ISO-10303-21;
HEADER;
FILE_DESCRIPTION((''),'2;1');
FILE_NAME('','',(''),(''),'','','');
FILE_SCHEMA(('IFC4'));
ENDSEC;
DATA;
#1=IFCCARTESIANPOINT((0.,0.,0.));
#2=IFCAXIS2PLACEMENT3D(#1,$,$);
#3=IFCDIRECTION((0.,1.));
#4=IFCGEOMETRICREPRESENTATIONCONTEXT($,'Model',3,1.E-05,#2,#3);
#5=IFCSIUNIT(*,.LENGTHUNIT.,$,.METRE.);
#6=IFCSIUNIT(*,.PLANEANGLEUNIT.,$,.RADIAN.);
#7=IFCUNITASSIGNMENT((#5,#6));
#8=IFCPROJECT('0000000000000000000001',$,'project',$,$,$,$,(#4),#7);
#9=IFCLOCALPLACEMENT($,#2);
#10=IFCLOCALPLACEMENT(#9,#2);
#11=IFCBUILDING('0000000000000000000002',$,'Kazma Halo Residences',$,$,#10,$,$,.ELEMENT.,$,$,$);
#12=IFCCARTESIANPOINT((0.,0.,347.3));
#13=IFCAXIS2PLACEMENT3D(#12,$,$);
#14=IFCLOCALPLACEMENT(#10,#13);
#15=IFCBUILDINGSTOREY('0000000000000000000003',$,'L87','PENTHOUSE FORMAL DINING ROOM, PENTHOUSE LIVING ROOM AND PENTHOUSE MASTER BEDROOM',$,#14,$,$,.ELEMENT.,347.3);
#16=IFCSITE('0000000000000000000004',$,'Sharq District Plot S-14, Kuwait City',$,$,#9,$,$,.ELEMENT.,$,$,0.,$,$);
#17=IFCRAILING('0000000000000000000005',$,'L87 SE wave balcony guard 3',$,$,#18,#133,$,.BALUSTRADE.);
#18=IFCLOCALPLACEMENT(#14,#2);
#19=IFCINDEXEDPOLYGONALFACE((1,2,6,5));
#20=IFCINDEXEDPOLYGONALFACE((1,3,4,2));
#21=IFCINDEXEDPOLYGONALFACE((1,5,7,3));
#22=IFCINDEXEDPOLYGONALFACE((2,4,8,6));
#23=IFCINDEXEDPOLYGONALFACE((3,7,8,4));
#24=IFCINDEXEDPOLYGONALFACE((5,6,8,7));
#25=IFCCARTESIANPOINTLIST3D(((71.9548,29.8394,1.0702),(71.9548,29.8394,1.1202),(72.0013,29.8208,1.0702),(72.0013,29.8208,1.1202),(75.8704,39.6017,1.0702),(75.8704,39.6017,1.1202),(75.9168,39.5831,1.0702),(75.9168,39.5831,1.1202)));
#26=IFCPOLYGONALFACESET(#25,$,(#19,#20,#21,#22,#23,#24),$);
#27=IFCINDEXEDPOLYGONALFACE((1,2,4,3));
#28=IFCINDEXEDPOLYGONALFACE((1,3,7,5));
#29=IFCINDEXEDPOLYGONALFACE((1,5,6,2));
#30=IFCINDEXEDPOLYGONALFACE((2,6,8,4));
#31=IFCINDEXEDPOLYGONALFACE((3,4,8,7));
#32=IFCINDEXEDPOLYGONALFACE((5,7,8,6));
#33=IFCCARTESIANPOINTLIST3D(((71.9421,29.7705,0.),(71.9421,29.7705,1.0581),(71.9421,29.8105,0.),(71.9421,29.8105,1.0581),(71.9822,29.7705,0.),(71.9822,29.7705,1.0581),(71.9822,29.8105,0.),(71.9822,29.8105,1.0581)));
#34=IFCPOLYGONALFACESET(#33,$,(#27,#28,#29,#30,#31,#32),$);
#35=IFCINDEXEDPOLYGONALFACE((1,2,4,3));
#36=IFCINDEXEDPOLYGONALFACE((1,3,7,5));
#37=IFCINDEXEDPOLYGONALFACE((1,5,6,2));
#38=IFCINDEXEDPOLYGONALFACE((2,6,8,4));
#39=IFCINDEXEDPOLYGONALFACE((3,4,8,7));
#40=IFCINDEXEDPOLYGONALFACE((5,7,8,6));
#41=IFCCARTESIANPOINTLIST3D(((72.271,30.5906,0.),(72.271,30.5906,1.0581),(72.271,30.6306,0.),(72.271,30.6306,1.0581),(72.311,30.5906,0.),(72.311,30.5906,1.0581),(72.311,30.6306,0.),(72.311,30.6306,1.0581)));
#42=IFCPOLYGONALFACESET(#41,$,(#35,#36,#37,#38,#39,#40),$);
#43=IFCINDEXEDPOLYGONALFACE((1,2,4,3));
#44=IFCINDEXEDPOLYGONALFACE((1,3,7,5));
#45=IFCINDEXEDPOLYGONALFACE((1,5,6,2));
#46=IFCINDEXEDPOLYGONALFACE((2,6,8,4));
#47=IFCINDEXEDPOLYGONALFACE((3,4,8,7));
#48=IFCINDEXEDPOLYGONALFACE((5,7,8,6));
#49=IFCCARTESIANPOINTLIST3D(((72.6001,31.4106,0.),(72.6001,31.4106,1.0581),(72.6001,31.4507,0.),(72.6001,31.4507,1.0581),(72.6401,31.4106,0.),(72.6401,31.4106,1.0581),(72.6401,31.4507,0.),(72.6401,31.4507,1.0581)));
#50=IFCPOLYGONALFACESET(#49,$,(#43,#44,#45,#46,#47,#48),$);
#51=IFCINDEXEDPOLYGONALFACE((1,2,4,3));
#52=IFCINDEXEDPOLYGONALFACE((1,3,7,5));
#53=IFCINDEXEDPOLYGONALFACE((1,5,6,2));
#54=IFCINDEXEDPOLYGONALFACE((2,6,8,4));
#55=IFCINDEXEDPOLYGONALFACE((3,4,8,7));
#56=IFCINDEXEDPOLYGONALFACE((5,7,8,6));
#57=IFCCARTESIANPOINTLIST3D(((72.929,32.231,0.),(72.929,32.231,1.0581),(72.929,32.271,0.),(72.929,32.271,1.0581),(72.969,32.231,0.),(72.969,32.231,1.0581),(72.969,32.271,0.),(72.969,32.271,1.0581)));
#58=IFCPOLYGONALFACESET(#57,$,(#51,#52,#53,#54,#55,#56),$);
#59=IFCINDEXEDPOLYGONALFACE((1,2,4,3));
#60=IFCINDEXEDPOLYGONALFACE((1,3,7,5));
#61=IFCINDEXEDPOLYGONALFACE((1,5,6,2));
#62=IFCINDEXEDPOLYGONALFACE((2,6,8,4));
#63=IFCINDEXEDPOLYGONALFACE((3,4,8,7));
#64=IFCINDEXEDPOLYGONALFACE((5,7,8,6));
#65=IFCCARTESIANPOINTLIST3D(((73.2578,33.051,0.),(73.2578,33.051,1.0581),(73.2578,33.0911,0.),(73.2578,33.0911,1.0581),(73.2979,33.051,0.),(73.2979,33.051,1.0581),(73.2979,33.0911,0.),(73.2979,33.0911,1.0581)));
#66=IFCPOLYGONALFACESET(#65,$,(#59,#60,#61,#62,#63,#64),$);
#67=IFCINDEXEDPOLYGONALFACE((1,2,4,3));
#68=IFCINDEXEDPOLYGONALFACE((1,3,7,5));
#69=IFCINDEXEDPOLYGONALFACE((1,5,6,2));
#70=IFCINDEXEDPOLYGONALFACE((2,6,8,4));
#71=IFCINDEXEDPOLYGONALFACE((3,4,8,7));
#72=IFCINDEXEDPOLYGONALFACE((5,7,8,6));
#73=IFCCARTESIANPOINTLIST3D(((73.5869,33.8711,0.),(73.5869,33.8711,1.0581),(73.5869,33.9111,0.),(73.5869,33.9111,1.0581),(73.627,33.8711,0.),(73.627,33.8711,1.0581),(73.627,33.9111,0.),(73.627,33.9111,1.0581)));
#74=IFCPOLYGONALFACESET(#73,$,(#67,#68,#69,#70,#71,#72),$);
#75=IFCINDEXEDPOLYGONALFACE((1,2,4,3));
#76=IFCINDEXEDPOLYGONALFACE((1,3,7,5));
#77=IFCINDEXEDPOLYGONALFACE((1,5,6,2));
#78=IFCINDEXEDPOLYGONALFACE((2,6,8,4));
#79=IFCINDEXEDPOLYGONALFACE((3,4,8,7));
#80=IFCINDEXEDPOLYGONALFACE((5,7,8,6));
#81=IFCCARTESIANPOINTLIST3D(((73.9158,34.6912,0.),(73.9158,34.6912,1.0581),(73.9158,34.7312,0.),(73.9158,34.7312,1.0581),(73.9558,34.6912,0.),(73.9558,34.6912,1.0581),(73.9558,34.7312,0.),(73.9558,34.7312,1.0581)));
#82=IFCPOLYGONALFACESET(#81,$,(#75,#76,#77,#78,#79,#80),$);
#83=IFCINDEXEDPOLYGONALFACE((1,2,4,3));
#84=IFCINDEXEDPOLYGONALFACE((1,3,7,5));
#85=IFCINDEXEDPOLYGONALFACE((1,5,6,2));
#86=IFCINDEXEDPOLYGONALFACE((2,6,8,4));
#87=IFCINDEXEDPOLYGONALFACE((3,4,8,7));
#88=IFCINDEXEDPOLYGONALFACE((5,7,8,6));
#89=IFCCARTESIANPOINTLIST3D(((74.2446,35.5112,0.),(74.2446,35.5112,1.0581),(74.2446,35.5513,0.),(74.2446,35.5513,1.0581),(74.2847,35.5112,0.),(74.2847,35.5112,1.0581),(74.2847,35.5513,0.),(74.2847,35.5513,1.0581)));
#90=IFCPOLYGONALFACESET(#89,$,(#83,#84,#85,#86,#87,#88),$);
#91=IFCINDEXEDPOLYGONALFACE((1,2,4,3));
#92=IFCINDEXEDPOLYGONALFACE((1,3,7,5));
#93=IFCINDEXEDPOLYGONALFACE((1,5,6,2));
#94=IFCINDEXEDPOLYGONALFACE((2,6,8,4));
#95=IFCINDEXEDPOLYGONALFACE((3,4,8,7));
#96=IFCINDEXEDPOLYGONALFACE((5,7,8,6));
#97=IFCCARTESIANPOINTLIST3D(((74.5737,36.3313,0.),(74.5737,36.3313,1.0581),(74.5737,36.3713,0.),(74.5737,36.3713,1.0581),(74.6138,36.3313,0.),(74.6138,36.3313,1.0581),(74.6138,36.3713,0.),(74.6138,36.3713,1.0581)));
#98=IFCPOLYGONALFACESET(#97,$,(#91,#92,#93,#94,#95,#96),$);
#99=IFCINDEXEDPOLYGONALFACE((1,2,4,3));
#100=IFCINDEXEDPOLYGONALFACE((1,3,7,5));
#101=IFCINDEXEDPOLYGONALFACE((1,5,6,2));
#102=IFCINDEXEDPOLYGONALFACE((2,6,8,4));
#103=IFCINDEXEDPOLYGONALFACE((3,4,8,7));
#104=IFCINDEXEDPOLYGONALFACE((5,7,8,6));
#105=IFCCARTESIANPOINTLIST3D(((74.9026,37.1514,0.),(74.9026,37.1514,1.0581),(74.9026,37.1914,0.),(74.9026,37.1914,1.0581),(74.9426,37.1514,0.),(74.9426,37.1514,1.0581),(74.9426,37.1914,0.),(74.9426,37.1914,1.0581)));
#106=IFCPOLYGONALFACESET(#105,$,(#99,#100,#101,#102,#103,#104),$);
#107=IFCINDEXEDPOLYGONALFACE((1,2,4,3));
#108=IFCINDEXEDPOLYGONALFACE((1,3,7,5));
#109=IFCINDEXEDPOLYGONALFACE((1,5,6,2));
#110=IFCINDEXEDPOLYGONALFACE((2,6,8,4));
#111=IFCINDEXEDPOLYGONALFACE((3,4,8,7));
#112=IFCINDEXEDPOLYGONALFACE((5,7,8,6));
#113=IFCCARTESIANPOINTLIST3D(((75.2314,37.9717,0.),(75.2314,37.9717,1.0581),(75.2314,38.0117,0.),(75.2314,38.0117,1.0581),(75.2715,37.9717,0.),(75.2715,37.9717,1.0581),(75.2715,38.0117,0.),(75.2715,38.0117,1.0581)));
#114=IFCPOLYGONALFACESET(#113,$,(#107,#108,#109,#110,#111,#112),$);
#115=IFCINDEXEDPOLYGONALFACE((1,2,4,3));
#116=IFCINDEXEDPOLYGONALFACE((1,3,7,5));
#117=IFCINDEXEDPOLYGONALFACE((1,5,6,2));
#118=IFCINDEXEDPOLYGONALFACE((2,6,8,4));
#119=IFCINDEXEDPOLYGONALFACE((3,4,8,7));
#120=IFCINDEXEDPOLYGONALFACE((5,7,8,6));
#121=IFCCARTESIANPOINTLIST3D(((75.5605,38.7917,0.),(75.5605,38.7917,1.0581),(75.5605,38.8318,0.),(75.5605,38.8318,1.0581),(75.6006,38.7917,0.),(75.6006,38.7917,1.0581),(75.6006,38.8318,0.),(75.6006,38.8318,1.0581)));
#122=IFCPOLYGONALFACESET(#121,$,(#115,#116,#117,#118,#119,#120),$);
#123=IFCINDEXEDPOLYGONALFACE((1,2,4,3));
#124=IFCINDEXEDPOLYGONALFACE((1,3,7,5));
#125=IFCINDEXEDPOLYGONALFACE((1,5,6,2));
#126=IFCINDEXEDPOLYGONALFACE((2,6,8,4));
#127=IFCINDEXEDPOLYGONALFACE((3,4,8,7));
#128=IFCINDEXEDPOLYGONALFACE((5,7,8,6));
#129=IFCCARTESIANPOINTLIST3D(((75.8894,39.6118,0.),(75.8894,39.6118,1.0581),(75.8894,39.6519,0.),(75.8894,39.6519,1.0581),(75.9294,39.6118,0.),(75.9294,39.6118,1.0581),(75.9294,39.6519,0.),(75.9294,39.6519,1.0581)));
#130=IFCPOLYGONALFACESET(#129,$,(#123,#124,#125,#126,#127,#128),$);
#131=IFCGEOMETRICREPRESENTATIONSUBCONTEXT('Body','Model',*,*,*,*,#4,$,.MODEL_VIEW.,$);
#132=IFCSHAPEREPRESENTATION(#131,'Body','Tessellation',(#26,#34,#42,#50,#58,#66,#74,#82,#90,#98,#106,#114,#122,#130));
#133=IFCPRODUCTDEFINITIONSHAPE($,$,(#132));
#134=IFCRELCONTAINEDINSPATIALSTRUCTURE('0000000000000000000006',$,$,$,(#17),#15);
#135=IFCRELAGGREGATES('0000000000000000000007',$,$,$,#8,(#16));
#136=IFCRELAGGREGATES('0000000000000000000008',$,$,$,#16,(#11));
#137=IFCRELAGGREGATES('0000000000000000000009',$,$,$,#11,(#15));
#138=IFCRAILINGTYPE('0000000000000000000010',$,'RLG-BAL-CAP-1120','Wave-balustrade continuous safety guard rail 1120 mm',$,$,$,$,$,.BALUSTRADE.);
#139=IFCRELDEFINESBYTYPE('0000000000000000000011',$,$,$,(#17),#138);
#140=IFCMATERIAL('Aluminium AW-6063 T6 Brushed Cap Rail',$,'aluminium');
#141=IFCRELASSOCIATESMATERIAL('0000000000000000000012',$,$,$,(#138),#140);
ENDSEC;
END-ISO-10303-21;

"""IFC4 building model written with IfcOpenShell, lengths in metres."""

from ifc_helpers import new_model, si_unit, direction, frame, origin, origin_2d, place, context, subcontext, project, spatial, rectangle, extrude, material, type_object, element, save


model = new_model("IFC4")

# Units and contexts
model_context = context("Model", 3, precision=1e-05, world=origin(), true_north=direction((0.0, 1.0)))
body_context = subcontext(model_context, "Body", "Model", "MODEL_VIEW")
ifc_project = project(units=[si_unit("LENGTHUNIT", "METRE"), si_unit("PLANEANGLEUNIT", "RADIAN")], contexts=[model_context])

# Site, building, storey
site_placement = place(None, origin())
site = spatial("IfcSite", under=ifc_project, at=site_placement, Name="Sharq District Plot S-14, Kuwait City", CompositionType="ELEMENT", RefElevation=0.0)
building_placement = place(site_placement, origin())
building = spatial("IfcBuilding", under=site, at=building_placement, Name="Kazma Halo Residences", CompositionType="ELEMENT")
storey_placement = place(building_placement, frame((0.0, 0.0, 347.3)))
storey = spatial("IfcBuildingStorey", under=building, at=storey_placement, Name="L87", Description="PENTHOUSE FORMAL DINING ROOM, PENTHOUSE LIVING ROOM AND PENTHOUSE MASTER BEDROOM", CompositionType="ELEMENT", Elevation=347.3)

# Railing
ifc_material_1 = material(Name="Aluminium AW-6063 T6 Brushed Cap Rail", Category="aluminium")
railing_type = type_object("IfcRailingType", Name="RLG-BAL-CAP-1120", Description="Wave-balustrade continuous safety guard rail 1120 mm", PredefinedType="BALUSTRADE", material=ifc_material_1)
railing_1_placement = place(storey_placement, frame((71.9622, 29.7905, 0.0)))
element("IfcRailing", 1, at=railing_1_placement, inside=storey, type_object=railing_type, Name="L87 SE wave balcony guard 3", PredefinedType="BALUSTRADE", context=body_context, shape_type="SweptSolid", body=[
    extrude(rectangle(XDim=0.05, YDim=0.05, at=origin_2d()), frame((0.0159, 0.0396, 1.0952), z_axis=(0.372264, 0.928127, 0.0), x_axis=(-0.928127, 0.372264, 0.0)), (0.0, 0.0, 1.0), 10.5183),
    extrude(rectangle(XDim=0.04, YDim=0.04, at=origin_2d()), origin(), (0.0, 0.0, 1.0), 1.0581),
    extrude(rectangle(XDim=0.04, YDim=0.04, at=origin_2d()), frame((0.3289, 0.8201, 0.0)), (0.0, 0.0, 1.0), 1.0581),
    extrude(rectangle(XDim=0.04, YDim=0.04, at=origin_2d()), frame((0.658, 1.6401, 0.0)), (0.0, 0.0, 1.0), 1.0581),
    extrude(rectangle(XDim=0.04, YDim=0.04, at=origin_2d()), frame((0.9868, 2.4604, 0.0)), (0.0, 0.0, 1.0), 1.0581),
    extrude(rectangle(XDim=0.04, YDim=0.04, at=origin_2d()), frame((1.3157, 3.2805, 0.0)), (0.0, 0.0, 1.0), 1.0581),
    extrude(rectangle(XDim=0.04, YDim=0.04, at=origin_2d()), frame((1.6448, 4.1006, 0.0)), (0.0, 0.0, 1.0), 1.0581),
    extrude(rectangle(XDim=0.04, YDim=0.04, at=origin_2d()), frame((1.9736, 4.9207, 0.0)), (0.0, 0.0, 1.0), 1.0581),
    extrude(rectangle(XDim=0.04, YDim=0.04, at=origin_2d()), frame((2.3025, 5.7407, 0.0)), (0.0, 0.0, 1.0), 1.0581),
    extrude(rectangle(XDim=0.04, YDim=0.04, at=origin_2d()), frame((2.6316, 6.5608, 0.0)), (0.0, 0.0, 1.0), 1.0581),
    extrude(rectangle(XDim=0.04, YDim=0.04, at=origin_2d()), frame((2.9604, 7.3809, 0.0)), (0.0, 0.0, 1.0), 1.0581),
    extrude(rectangle(XDim=0.04, YDim=0.04, at=origin_2d()), frame((3.2893, 8.2012, 0.0)), (0.0, 0.0, 1.0), 1.0581),
    extrude(rectangle(XDim=0.04, YDim=0.04, at=origin_2d()), frame((3.6184, 9.0212, 0.0)), (0.0, 0.0, 1.0), 1.0581),
    extrude(rectangle(XDim=0.04, YDim=0.04, at=origin_2d()), frame((3.9473, 9.8413, 0.0)), (0.0, 0.0, 1.0), 1.0581),
])

save(model, "model.ifc")
